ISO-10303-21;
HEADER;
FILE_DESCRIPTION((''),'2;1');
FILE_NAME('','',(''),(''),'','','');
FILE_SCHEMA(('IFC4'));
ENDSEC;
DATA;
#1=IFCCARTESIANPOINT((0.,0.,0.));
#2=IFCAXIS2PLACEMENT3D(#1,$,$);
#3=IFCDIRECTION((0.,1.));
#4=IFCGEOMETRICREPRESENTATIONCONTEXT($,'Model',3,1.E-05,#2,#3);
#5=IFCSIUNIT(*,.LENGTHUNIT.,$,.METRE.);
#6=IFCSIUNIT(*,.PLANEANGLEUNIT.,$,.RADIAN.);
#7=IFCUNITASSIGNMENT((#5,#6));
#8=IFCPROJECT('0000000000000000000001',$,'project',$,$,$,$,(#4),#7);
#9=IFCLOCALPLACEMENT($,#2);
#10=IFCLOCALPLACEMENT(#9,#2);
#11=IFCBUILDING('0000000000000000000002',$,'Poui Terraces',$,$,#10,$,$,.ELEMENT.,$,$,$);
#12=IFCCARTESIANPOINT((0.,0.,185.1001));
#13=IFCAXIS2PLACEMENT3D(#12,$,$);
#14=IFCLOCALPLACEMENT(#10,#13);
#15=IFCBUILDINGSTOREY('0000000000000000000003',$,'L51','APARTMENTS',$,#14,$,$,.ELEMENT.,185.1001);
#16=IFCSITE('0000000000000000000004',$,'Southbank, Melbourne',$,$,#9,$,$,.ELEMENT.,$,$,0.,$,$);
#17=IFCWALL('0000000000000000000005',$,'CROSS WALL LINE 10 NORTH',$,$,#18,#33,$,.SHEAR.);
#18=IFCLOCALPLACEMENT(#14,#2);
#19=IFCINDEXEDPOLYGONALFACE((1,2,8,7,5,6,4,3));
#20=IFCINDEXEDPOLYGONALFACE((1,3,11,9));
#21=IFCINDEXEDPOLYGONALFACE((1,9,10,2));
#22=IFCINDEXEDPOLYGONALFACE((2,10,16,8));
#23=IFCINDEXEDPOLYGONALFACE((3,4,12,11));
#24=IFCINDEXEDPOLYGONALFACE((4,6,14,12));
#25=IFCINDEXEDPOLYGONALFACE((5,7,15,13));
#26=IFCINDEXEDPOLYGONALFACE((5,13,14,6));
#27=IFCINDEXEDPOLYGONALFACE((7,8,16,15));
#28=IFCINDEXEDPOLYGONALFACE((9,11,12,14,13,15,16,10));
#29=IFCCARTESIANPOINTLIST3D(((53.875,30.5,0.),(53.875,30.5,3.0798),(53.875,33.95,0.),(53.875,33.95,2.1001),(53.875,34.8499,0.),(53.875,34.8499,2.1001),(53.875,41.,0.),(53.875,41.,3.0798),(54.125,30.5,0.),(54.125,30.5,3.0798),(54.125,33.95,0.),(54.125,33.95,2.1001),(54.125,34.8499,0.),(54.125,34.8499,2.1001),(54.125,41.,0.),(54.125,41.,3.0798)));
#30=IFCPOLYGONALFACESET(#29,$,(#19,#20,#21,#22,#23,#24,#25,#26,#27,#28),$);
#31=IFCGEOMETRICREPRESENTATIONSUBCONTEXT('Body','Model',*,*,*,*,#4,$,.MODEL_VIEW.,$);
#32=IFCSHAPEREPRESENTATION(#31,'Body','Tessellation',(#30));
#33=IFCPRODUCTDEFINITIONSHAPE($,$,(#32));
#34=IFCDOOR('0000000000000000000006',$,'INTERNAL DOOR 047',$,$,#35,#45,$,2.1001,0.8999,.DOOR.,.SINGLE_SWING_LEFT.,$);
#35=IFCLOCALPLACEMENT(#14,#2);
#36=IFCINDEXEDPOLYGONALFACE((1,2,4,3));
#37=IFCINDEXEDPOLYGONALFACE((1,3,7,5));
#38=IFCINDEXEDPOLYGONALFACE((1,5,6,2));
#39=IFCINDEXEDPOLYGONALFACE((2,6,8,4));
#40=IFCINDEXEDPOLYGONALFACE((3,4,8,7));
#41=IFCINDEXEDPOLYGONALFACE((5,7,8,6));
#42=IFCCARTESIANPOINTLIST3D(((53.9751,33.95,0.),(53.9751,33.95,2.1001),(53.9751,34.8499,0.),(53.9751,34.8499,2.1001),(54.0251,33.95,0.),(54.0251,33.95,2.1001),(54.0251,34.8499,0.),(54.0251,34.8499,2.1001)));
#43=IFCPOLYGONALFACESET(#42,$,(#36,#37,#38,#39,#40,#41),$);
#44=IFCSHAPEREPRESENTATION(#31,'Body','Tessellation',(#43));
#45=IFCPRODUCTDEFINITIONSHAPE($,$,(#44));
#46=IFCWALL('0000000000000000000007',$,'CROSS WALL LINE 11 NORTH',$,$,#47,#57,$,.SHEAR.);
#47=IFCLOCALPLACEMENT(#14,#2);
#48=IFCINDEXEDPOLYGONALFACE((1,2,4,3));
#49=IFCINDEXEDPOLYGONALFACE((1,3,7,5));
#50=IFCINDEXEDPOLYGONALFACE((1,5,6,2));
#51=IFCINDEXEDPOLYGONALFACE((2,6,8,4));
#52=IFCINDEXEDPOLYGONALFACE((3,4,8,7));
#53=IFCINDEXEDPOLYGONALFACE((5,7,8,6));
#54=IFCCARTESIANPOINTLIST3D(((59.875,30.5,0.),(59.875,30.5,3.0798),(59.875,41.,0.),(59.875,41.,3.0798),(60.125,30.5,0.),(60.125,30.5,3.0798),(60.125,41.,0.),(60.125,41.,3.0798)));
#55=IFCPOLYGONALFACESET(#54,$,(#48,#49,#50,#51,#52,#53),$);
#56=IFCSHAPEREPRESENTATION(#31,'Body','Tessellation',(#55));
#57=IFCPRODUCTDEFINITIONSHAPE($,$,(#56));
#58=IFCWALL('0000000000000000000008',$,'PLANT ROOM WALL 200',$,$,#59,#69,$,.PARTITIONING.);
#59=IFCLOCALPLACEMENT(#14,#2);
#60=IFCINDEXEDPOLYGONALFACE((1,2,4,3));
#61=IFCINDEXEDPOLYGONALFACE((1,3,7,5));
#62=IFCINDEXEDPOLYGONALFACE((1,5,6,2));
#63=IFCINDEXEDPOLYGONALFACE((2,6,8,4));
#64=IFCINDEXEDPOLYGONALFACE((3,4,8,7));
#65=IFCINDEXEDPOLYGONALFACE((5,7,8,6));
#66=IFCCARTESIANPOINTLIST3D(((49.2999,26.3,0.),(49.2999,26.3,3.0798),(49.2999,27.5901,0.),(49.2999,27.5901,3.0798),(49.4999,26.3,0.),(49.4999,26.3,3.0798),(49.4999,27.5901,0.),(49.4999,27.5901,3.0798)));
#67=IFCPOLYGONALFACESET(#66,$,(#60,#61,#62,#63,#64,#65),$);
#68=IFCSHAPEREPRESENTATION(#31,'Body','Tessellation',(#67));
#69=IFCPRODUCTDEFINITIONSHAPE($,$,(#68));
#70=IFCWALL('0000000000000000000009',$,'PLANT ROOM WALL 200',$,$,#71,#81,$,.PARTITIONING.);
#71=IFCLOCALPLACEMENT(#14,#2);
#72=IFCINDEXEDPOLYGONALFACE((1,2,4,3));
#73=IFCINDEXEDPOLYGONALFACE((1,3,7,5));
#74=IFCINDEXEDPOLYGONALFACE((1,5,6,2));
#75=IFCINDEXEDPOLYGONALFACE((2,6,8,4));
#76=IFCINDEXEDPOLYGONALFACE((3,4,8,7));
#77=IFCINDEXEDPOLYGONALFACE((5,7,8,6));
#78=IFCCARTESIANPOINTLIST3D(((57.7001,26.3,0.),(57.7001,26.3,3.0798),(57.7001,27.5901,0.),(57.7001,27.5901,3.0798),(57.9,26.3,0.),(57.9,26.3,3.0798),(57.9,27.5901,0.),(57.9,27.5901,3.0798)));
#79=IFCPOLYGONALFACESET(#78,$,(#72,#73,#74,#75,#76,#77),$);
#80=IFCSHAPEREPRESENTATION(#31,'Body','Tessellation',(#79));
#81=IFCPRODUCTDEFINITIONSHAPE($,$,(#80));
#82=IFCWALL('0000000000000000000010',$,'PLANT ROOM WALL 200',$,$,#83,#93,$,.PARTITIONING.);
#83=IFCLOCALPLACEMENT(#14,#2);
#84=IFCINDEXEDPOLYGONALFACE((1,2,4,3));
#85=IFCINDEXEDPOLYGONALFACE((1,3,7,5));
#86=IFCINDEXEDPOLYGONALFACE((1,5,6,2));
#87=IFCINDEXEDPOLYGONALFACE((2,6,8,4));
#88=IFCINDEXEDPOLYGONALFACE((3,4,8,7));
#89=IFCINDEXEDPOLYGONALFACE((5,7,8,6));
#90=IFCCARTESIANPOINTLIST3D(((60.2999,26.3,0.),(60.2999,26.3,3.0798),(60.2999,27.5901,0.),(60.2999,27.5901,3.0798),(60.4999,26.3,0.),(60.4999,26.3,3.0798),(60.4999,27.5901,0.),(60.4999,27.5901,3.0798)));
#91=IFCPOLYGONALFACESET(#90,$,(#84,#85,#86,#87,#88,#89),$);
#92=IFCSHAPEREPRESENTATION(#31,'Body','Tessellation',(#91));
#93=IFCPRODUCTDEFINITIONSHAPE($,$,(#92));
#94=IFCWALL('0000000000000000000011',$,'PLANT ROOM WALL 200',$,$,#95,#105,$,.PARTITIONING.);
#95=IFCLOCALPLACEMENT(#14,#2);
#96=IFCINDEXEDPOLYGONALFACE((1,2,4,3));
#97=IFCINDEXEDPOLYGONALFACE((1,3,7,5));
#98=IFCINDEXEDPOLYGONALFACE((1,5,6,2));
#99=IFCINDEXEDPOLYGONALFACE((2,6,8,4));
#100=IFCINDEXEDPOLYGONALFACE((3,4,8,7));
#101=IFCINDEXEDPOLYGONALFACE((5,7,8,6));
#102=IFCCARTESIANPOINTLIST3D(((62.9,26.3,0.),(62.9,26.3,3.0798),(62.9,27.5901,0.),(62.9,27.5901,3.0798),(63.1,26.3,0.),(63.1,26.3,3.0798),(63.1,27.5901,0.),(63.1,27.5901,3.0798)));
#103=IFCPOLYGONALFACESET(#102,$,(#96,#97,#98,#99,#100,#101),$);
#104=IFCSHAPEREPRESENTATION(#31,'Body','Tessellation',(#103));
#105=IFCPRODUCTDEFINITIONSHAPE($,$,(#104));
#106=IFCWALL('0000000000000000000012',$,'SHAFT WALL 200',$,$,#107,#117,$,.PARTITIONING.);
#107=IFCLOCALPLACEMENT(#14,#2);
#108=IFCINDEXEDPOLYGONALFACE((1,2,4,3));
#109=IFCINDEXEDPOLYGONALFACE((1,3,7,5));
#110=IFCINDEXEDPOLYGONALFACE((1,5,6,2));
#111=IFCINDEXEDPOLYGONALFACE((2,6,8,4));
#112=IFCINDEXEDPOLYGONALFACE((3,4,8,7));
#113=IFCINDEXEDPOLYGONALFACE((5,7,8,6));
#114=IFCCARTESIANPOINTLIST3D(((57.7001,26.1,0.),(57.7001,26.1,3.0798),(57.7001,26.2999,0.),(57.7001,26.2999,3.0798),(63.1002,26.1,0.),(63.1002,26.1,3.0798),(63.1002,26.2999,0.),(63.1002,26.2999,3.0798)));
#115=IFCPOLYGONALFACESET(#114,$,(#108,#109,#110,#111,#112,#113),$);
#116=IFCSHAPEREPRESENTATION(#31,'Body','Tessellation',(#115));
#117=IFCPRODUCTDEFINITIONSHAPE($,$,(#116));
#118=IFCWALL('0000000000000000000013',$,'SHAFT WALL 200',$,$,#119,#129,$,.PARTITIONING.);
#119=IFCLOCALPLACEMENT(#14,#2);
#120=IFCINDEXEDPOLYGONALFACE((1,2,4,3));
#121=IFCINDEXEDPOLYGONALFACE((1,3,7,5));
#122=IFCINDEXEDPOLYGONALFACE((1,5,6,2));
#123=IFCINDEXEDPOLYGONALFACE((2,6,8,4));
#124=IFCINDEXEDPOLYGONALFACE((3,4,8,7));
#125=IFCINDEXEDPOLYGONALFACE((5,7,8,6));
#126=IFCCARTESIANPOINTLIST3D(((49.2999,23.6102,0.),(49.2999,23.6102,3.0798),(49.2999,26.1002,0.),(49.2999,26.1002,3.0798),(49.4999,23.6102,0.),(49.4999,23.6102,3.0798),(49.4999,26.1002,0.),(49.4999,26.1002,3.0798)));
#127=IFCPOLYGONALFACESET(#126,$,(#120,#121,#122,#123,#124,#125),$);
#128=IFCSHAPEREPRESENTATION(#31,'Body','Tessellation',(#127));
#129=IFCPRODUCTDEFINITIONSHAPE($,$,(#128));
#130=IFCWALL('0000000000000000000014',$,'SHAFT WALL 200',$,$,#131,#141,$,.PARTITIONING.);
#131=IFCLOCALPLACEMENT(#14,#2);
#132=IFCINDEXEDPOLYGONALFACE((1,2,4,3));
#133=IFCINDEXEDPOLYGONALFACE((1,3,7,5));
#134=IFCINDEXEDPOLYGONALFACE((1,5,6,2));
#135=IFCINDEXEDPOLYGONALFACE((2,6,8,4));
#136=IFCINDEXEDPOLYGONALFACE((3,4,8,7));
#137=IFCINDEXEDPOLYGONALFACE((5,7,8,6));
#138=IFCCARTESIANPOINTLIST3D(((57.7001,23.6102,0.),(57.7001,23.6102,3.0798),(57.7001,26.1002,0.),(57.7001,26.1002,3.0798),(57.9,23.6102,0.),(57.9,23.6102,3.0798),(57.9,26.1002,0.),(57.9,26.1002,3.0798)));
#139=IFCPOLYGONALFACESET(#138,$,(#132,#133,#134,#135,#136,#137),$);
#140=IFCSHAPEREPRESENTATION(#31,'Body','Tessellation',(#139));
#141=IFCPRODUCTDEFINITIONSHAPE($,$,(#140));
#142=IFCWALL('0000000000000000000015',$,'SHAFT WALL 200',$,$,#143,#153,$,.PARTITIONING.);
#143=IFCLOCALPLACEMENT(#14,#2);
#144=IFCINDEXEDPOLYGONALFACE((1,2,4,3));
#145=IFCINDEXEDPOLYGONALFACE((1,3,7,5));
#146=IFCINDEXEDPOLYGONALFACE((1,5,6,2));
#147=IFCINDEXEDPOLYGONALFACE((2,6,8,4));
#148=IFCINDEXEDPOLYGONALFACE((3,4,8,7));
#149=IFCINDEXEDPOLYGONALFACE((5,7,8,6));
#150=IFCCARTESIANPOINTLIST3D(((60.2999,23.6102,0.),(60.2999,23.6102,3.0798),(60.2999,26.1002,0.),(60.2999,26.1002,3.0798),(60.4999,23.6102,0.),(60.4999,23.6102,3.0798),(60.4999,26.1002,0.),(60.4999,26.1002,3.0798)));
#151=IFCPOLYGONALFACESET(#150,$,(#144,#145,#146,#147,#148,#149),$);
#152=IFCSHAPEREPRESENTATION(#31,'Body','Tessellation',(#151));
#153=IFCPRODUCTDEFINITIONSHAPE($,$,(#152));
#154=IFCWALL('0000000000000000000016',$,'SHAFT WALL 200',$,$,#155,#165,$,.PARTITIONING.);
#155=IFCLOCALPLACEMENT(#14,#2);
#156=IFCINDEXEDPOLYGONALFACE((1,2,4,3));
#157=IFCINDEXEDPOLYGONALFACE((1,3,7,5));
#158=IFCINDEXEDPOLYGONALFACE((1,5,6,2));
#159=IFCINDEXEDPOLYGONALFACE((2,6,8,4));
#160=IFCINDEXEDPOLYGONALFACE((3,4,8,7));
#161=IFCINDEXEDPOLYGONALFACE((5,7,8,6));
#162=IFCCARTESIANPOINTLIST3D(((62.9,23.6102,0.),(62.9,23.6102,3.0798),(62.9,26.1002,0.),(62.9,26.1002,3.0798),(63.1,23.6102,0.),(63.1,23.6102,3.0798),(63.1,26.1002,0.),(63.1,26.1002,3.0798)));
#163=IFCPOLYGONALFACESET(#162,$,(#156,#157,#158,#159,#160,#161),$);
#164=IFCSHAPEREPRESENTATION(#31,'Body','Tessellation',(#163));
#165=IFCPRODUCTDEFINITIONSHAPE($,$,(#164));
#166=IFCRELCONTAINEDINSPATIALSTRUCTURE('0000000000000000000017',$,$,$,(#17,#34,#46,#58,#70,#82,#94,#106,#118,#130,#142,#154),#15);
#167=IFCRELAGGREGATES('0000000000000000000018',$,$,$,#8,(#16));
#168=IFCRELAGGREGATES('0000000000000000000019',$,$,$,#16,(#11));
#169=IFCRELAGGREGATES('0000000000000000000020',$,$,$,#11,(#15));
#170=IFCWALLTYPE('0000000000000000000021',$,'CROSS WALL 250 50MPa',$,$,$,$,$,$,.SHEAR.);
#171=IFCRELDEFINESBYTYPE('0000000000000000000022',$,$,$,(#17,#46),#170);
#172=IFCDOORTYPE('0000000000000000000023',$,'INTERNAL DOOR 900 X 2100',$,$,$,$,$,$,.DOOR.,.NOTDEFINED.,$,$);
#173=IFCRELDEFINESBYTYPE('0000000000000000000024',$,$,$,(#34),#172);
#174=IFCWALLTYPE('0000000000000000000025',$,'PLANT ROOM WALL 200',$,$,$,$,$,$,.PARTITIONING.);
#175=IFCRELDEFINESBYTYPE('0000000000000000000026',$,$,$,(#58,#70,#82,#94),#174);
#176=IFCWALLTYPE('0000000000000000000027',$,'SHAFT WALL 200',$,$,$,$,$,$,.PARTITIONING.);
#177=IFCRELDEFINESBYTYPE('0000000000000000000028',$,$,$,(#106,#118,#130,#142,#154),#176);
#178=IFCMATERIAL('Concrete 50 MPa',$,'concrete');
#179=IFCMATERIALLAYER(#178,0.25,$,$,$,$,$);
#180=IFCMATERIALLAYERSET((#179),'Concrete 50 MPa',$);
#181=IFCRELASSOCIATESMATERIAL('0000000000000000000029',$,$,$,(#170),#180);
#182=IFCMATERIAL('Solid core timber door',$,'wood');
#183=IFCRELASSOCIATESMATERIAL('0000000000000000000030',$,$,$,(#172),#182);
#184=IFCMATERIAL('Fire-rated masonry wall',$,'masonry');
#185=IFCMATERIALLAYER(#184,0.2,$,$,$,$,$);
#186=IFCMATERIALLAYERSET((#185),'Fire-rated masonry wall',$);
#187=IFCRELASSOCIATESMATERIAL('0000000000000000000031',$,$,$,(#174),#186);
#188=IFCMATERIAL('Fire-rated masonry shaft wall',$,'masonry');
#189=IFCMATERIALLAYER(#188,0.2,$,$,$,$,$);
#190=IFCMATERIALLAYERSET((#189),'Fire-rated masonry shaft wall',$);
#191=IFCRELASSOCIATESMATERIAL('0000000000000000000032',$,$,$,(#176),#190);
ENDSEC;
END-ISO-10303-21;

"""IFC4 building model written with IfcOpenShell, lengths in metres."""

from ifc_helpers import new_model, si_unit, direction, frame, frame_2d, origin, place, context, subcontext, project, spatial, rectangle, extrude, material, layer, layer_set, type_object, element, fill, save


model = new_model("IFC4")

# Units and contexts
model_context = context("Model", 3, precision=1e-05, world=origin(), true_north=direction((0.0, 1.0)))
body_context = subcontext(model_context, "Body", "Model", "MODEL_VIEW")
ifc_project = project(units=[si_unit("LENGTHUNIT", "METRE"), si_unit("PLANEANGLEUNIT", "RADIAN")], contexts=[model_context])

# Site, building, storey
site_placement = place(None, origin())
site = spatial("IfcSite", under=ifc_project, at=site_placement, Name="Southbank, Melbourne", CompositionType="ELEMENT", RefElevation=0.0)
building_placement = place(site_placement, origin())
building = spatial("IfcBuilding", under=site, at=building_placement, Name="Poui Terraces", CompositionType="ELEMENT")
storey_placement = place(building_placement, frame((0.0, 0.0, 185.1001)))
storey = spatial("IfcBuildingStorey", under=building, at=storey_placement, Name="L51", Description="APARTMENTS", CompositionType="ELEMENT", Elevation=185.1001)

# Shared definitions
ifc_material_1 = material(Name="Concrete 50 MPa", Category="concrete")

# Wall, opening, door
ifc_layer_1 = layer(ifc_material_1, 0.25)
ifc_layer_set_1 = layer_set([ifc_layer_1], Name="Concrete 50 MPa")
wall_type_1 = type_object("IfcWallType", Name="CROSS WALL 250 50MPa", PredefinedType="SHEAR", material=ifc_layer_set_1)
ifc_material_2 = material(Name="Solid core timber door", Category="wood")
door_type_1 = type_object("IfcDoorType", Name="INTERNAL DOOR 900 X 2100", OperationType="NOTDEFINED", PredefinedType="DOOR", material=ifc_material_2)
wall_1_placement = place(storey_placement, frame((54.0, 30.5, 0.0), z_axis=(0.0, 0.0, 1.0), x_axis=(0.0, 1.0, 0.0)))
wall_1 = element("IfcWall", 1, at=wall_1_placement, inside=storey, type_object=wall_type_1, Name="CROSS WALL LINE 10 NORTH", PredefinedType="SHEAR", context=body_context, shape_type="SweptSolid", body=[
    extrude(rectangle(XDim=10.5, YDim=0.25, at=frame_2d((5.25, 0.0))), origin(), (0.0, 0.0, 1.0), 3.0798),
])
opening_1_placement = place(wall_1_placement, frame((3.45, 0.0, 0.0)))
opening_1 = element("IfcOpeningElement", 2, at=opening_1_placement, cuts=wall_1, PredefinedType="OPENING", context=body_context, shape_type="SweptSolid", body=[
    extrude(rectangle(XDim=0.8999, YDim=2.1001, at=frame_2d((0.45, 1.05))), frame((0.0, 0.135, 0.0), z_axis=(0.0, -1.0, 0.0), x_axis=(1.0, 0.0, 0.0)), (0.0, 0.0, 1.0), 0.27),
])
door_1_placement = place(opening_1_placement, origin())
door_1 = element("IfcDoor", 3, at=door_1_placement, inside=storey, type_object=door_type_1, Name="INTERNAL DOOR 047", OperationType="SINGLE_SWING_LEFT", OverallHeight=2.1001, OverallWidth=0.8999, PredefinedType="DOOR", context=body_context, shape_type="SweptSolid", body=[
    extrude(rectangle(XDim=0.8999, YDim=2.1001, at=frame_2d((0.45, 1.05))), frame((0.0, 0.0249, 0.0), z_axis=(0.0, -1.0, 0.0), x_axis=(1.0, 0.0, 0.0)), (0.0, 0.0, 1.0), 0.05),
])
fill(opening_1, door_1)

# Walls
wall_2_placement = place(storey_placement, frame((60.0, 30.5, 0.0), z_axis=(0.0, 0.0, 1.0), x_axis=(0.0, 1.0, 0.0)))
element("IfcWall", 4, at=wall_2_placement, inside=storey, type_object=wall_type_1, Name="CROSS WALL LINE 11 NORTH", PredefinedType="SHEAR", context=body_context, shape_type="SweptSolid", body=[
    extrude(rectangle(XDim=10.5, YDim=0.25, at=frame_2d((5.25, 0.0))), origin(), (0.0, 0.0, 1.0), 3.0798),
])
ifc_material_3 = material(Name="Fire-rated masonry wall", Category="masonry")
ifc_layer_2 = layer(ifc_material_3, 0.2)
ifc_layer_set_2 = layer_set([ifc_layer_2], Name="Fire-rated masonry wall")
wall_type_2 = type_object("IfcWallType", Name="PLANT ROOM WALL 200", PredefinedType="PARTITIONING", material=ifc_layer_set_2)
for number, where, z_axis, x_axis, name in (
    (5, (49.3999, 26.3, 0.0), (0.0, 0.0, 1.0), (0.0, 1.0, 0.0), "PLANT ROOM WALL 200"),
    (6, (57.8, 26.3, 0.0), (0.0, 0.0, 1.0), (0.0, 1.0, 0.0), "PLANT ROOM WALL 200"),
    (7, (60.3999, 26.3, 0.0), (0.0, 0.0, 1.0), (0.0, 1.0, 0.0), "PLANT ROOM WALL 200"),
    (8, (63.0, 26.3, 0.0), (0.0, 0.0, 1.0), (0.0, 1.0, 0.0), "PLANT ROOM WALL 200"),
):
    element("IfcWall", number, at=place(storey_placement, frame(where, z_axis=z_axis, x_axis=x_axis)), inside=storey, type_object=wall_type_2, Name=name, PredefinedType="PARTITIONING", context=body_context, shape_type="SweptSolid", body=[
        extrude(rectangle(XDim=1.29, YDim=0.2, at=frame_2d((0.645, 0.0))), origin(), (0.0, 0.0, 1.0), 3.0798),
    ])
ifc_material_4 = material(Name="Fire-rated masonry shaft wall", Category="masonry")
ifc_layer_3 = layer(ifc_material_4, 0.2)
ifc_layer_set_3 = layer_set([ifc_layer_3], Name="Fire-rated masonry shaft wall")
wall_type_3 = type_object("IfcWallType", Name="SHAFT WALL 200", PredefinedType="PARTITIONING", material=ifc_layer_set_3)
wall_3_placement = place(storey_placement, frame((57.7, 26.2, 0.0), z_axis=(0.0, 0.0, 1.0), x_axis=(1.0, 0.0, 0.0)))
element("IfcWall", 9, at=wall_3_placement, inside=storey, type_object=wall_type_3, Name="SHAFT WALL 200", PredefinedType="PARTITIONING", context=body_context, shape_type="SweptSolid", body=[
    extrude(rectangle(XDim=5.4001, YDim=0.2, at=frame_2d((2.7002, 0.0))), origin(), (0.0, 0.0, 1.0), 3.0798),
])
for number, where, z_axis, x_axis, name in (
    (10, (49.3999, 23.6101, 0.0), (0.0, 0.0, 1.0), (0.0, 1.0, 0.0), "SHAFT WALL 200"),
    (11, (57.8, 23.6101, 0.0), (0.0, 0.0, 1.0), (0.0, 1.0, 0.0), "SHAFT WALL 200"),
    (12, (60.3999, 23.6101, 0.0), (0.0, 0.0, 1.0), (0.0, 1.0, 0.0), "SHAFT WALL 200"),
    (13, (63.0, 23.6101, 0.0), (0.0, 0.0, 1.0), (0.0, 1.0, 0.0), "SHAFT WALL 200"),
):
    element("IfcWall", number, at=place(storey_placement, frame(where, z_axis=z_axis, x_axis=x_axis)), inside=storey, type_object=wall_type_3, Name=name, PredefinedType="PARTITIONING", context=body_context, shape_type="SweptSolid", body=[
        extrude(rectangle(XDim=2.49, YDim=0.2, at=frame_2d((1.2451, 0.0))), origin(), (0.0, 0.0, 1.0), 3.0798),
    ])

save(model, "model.ifc")
